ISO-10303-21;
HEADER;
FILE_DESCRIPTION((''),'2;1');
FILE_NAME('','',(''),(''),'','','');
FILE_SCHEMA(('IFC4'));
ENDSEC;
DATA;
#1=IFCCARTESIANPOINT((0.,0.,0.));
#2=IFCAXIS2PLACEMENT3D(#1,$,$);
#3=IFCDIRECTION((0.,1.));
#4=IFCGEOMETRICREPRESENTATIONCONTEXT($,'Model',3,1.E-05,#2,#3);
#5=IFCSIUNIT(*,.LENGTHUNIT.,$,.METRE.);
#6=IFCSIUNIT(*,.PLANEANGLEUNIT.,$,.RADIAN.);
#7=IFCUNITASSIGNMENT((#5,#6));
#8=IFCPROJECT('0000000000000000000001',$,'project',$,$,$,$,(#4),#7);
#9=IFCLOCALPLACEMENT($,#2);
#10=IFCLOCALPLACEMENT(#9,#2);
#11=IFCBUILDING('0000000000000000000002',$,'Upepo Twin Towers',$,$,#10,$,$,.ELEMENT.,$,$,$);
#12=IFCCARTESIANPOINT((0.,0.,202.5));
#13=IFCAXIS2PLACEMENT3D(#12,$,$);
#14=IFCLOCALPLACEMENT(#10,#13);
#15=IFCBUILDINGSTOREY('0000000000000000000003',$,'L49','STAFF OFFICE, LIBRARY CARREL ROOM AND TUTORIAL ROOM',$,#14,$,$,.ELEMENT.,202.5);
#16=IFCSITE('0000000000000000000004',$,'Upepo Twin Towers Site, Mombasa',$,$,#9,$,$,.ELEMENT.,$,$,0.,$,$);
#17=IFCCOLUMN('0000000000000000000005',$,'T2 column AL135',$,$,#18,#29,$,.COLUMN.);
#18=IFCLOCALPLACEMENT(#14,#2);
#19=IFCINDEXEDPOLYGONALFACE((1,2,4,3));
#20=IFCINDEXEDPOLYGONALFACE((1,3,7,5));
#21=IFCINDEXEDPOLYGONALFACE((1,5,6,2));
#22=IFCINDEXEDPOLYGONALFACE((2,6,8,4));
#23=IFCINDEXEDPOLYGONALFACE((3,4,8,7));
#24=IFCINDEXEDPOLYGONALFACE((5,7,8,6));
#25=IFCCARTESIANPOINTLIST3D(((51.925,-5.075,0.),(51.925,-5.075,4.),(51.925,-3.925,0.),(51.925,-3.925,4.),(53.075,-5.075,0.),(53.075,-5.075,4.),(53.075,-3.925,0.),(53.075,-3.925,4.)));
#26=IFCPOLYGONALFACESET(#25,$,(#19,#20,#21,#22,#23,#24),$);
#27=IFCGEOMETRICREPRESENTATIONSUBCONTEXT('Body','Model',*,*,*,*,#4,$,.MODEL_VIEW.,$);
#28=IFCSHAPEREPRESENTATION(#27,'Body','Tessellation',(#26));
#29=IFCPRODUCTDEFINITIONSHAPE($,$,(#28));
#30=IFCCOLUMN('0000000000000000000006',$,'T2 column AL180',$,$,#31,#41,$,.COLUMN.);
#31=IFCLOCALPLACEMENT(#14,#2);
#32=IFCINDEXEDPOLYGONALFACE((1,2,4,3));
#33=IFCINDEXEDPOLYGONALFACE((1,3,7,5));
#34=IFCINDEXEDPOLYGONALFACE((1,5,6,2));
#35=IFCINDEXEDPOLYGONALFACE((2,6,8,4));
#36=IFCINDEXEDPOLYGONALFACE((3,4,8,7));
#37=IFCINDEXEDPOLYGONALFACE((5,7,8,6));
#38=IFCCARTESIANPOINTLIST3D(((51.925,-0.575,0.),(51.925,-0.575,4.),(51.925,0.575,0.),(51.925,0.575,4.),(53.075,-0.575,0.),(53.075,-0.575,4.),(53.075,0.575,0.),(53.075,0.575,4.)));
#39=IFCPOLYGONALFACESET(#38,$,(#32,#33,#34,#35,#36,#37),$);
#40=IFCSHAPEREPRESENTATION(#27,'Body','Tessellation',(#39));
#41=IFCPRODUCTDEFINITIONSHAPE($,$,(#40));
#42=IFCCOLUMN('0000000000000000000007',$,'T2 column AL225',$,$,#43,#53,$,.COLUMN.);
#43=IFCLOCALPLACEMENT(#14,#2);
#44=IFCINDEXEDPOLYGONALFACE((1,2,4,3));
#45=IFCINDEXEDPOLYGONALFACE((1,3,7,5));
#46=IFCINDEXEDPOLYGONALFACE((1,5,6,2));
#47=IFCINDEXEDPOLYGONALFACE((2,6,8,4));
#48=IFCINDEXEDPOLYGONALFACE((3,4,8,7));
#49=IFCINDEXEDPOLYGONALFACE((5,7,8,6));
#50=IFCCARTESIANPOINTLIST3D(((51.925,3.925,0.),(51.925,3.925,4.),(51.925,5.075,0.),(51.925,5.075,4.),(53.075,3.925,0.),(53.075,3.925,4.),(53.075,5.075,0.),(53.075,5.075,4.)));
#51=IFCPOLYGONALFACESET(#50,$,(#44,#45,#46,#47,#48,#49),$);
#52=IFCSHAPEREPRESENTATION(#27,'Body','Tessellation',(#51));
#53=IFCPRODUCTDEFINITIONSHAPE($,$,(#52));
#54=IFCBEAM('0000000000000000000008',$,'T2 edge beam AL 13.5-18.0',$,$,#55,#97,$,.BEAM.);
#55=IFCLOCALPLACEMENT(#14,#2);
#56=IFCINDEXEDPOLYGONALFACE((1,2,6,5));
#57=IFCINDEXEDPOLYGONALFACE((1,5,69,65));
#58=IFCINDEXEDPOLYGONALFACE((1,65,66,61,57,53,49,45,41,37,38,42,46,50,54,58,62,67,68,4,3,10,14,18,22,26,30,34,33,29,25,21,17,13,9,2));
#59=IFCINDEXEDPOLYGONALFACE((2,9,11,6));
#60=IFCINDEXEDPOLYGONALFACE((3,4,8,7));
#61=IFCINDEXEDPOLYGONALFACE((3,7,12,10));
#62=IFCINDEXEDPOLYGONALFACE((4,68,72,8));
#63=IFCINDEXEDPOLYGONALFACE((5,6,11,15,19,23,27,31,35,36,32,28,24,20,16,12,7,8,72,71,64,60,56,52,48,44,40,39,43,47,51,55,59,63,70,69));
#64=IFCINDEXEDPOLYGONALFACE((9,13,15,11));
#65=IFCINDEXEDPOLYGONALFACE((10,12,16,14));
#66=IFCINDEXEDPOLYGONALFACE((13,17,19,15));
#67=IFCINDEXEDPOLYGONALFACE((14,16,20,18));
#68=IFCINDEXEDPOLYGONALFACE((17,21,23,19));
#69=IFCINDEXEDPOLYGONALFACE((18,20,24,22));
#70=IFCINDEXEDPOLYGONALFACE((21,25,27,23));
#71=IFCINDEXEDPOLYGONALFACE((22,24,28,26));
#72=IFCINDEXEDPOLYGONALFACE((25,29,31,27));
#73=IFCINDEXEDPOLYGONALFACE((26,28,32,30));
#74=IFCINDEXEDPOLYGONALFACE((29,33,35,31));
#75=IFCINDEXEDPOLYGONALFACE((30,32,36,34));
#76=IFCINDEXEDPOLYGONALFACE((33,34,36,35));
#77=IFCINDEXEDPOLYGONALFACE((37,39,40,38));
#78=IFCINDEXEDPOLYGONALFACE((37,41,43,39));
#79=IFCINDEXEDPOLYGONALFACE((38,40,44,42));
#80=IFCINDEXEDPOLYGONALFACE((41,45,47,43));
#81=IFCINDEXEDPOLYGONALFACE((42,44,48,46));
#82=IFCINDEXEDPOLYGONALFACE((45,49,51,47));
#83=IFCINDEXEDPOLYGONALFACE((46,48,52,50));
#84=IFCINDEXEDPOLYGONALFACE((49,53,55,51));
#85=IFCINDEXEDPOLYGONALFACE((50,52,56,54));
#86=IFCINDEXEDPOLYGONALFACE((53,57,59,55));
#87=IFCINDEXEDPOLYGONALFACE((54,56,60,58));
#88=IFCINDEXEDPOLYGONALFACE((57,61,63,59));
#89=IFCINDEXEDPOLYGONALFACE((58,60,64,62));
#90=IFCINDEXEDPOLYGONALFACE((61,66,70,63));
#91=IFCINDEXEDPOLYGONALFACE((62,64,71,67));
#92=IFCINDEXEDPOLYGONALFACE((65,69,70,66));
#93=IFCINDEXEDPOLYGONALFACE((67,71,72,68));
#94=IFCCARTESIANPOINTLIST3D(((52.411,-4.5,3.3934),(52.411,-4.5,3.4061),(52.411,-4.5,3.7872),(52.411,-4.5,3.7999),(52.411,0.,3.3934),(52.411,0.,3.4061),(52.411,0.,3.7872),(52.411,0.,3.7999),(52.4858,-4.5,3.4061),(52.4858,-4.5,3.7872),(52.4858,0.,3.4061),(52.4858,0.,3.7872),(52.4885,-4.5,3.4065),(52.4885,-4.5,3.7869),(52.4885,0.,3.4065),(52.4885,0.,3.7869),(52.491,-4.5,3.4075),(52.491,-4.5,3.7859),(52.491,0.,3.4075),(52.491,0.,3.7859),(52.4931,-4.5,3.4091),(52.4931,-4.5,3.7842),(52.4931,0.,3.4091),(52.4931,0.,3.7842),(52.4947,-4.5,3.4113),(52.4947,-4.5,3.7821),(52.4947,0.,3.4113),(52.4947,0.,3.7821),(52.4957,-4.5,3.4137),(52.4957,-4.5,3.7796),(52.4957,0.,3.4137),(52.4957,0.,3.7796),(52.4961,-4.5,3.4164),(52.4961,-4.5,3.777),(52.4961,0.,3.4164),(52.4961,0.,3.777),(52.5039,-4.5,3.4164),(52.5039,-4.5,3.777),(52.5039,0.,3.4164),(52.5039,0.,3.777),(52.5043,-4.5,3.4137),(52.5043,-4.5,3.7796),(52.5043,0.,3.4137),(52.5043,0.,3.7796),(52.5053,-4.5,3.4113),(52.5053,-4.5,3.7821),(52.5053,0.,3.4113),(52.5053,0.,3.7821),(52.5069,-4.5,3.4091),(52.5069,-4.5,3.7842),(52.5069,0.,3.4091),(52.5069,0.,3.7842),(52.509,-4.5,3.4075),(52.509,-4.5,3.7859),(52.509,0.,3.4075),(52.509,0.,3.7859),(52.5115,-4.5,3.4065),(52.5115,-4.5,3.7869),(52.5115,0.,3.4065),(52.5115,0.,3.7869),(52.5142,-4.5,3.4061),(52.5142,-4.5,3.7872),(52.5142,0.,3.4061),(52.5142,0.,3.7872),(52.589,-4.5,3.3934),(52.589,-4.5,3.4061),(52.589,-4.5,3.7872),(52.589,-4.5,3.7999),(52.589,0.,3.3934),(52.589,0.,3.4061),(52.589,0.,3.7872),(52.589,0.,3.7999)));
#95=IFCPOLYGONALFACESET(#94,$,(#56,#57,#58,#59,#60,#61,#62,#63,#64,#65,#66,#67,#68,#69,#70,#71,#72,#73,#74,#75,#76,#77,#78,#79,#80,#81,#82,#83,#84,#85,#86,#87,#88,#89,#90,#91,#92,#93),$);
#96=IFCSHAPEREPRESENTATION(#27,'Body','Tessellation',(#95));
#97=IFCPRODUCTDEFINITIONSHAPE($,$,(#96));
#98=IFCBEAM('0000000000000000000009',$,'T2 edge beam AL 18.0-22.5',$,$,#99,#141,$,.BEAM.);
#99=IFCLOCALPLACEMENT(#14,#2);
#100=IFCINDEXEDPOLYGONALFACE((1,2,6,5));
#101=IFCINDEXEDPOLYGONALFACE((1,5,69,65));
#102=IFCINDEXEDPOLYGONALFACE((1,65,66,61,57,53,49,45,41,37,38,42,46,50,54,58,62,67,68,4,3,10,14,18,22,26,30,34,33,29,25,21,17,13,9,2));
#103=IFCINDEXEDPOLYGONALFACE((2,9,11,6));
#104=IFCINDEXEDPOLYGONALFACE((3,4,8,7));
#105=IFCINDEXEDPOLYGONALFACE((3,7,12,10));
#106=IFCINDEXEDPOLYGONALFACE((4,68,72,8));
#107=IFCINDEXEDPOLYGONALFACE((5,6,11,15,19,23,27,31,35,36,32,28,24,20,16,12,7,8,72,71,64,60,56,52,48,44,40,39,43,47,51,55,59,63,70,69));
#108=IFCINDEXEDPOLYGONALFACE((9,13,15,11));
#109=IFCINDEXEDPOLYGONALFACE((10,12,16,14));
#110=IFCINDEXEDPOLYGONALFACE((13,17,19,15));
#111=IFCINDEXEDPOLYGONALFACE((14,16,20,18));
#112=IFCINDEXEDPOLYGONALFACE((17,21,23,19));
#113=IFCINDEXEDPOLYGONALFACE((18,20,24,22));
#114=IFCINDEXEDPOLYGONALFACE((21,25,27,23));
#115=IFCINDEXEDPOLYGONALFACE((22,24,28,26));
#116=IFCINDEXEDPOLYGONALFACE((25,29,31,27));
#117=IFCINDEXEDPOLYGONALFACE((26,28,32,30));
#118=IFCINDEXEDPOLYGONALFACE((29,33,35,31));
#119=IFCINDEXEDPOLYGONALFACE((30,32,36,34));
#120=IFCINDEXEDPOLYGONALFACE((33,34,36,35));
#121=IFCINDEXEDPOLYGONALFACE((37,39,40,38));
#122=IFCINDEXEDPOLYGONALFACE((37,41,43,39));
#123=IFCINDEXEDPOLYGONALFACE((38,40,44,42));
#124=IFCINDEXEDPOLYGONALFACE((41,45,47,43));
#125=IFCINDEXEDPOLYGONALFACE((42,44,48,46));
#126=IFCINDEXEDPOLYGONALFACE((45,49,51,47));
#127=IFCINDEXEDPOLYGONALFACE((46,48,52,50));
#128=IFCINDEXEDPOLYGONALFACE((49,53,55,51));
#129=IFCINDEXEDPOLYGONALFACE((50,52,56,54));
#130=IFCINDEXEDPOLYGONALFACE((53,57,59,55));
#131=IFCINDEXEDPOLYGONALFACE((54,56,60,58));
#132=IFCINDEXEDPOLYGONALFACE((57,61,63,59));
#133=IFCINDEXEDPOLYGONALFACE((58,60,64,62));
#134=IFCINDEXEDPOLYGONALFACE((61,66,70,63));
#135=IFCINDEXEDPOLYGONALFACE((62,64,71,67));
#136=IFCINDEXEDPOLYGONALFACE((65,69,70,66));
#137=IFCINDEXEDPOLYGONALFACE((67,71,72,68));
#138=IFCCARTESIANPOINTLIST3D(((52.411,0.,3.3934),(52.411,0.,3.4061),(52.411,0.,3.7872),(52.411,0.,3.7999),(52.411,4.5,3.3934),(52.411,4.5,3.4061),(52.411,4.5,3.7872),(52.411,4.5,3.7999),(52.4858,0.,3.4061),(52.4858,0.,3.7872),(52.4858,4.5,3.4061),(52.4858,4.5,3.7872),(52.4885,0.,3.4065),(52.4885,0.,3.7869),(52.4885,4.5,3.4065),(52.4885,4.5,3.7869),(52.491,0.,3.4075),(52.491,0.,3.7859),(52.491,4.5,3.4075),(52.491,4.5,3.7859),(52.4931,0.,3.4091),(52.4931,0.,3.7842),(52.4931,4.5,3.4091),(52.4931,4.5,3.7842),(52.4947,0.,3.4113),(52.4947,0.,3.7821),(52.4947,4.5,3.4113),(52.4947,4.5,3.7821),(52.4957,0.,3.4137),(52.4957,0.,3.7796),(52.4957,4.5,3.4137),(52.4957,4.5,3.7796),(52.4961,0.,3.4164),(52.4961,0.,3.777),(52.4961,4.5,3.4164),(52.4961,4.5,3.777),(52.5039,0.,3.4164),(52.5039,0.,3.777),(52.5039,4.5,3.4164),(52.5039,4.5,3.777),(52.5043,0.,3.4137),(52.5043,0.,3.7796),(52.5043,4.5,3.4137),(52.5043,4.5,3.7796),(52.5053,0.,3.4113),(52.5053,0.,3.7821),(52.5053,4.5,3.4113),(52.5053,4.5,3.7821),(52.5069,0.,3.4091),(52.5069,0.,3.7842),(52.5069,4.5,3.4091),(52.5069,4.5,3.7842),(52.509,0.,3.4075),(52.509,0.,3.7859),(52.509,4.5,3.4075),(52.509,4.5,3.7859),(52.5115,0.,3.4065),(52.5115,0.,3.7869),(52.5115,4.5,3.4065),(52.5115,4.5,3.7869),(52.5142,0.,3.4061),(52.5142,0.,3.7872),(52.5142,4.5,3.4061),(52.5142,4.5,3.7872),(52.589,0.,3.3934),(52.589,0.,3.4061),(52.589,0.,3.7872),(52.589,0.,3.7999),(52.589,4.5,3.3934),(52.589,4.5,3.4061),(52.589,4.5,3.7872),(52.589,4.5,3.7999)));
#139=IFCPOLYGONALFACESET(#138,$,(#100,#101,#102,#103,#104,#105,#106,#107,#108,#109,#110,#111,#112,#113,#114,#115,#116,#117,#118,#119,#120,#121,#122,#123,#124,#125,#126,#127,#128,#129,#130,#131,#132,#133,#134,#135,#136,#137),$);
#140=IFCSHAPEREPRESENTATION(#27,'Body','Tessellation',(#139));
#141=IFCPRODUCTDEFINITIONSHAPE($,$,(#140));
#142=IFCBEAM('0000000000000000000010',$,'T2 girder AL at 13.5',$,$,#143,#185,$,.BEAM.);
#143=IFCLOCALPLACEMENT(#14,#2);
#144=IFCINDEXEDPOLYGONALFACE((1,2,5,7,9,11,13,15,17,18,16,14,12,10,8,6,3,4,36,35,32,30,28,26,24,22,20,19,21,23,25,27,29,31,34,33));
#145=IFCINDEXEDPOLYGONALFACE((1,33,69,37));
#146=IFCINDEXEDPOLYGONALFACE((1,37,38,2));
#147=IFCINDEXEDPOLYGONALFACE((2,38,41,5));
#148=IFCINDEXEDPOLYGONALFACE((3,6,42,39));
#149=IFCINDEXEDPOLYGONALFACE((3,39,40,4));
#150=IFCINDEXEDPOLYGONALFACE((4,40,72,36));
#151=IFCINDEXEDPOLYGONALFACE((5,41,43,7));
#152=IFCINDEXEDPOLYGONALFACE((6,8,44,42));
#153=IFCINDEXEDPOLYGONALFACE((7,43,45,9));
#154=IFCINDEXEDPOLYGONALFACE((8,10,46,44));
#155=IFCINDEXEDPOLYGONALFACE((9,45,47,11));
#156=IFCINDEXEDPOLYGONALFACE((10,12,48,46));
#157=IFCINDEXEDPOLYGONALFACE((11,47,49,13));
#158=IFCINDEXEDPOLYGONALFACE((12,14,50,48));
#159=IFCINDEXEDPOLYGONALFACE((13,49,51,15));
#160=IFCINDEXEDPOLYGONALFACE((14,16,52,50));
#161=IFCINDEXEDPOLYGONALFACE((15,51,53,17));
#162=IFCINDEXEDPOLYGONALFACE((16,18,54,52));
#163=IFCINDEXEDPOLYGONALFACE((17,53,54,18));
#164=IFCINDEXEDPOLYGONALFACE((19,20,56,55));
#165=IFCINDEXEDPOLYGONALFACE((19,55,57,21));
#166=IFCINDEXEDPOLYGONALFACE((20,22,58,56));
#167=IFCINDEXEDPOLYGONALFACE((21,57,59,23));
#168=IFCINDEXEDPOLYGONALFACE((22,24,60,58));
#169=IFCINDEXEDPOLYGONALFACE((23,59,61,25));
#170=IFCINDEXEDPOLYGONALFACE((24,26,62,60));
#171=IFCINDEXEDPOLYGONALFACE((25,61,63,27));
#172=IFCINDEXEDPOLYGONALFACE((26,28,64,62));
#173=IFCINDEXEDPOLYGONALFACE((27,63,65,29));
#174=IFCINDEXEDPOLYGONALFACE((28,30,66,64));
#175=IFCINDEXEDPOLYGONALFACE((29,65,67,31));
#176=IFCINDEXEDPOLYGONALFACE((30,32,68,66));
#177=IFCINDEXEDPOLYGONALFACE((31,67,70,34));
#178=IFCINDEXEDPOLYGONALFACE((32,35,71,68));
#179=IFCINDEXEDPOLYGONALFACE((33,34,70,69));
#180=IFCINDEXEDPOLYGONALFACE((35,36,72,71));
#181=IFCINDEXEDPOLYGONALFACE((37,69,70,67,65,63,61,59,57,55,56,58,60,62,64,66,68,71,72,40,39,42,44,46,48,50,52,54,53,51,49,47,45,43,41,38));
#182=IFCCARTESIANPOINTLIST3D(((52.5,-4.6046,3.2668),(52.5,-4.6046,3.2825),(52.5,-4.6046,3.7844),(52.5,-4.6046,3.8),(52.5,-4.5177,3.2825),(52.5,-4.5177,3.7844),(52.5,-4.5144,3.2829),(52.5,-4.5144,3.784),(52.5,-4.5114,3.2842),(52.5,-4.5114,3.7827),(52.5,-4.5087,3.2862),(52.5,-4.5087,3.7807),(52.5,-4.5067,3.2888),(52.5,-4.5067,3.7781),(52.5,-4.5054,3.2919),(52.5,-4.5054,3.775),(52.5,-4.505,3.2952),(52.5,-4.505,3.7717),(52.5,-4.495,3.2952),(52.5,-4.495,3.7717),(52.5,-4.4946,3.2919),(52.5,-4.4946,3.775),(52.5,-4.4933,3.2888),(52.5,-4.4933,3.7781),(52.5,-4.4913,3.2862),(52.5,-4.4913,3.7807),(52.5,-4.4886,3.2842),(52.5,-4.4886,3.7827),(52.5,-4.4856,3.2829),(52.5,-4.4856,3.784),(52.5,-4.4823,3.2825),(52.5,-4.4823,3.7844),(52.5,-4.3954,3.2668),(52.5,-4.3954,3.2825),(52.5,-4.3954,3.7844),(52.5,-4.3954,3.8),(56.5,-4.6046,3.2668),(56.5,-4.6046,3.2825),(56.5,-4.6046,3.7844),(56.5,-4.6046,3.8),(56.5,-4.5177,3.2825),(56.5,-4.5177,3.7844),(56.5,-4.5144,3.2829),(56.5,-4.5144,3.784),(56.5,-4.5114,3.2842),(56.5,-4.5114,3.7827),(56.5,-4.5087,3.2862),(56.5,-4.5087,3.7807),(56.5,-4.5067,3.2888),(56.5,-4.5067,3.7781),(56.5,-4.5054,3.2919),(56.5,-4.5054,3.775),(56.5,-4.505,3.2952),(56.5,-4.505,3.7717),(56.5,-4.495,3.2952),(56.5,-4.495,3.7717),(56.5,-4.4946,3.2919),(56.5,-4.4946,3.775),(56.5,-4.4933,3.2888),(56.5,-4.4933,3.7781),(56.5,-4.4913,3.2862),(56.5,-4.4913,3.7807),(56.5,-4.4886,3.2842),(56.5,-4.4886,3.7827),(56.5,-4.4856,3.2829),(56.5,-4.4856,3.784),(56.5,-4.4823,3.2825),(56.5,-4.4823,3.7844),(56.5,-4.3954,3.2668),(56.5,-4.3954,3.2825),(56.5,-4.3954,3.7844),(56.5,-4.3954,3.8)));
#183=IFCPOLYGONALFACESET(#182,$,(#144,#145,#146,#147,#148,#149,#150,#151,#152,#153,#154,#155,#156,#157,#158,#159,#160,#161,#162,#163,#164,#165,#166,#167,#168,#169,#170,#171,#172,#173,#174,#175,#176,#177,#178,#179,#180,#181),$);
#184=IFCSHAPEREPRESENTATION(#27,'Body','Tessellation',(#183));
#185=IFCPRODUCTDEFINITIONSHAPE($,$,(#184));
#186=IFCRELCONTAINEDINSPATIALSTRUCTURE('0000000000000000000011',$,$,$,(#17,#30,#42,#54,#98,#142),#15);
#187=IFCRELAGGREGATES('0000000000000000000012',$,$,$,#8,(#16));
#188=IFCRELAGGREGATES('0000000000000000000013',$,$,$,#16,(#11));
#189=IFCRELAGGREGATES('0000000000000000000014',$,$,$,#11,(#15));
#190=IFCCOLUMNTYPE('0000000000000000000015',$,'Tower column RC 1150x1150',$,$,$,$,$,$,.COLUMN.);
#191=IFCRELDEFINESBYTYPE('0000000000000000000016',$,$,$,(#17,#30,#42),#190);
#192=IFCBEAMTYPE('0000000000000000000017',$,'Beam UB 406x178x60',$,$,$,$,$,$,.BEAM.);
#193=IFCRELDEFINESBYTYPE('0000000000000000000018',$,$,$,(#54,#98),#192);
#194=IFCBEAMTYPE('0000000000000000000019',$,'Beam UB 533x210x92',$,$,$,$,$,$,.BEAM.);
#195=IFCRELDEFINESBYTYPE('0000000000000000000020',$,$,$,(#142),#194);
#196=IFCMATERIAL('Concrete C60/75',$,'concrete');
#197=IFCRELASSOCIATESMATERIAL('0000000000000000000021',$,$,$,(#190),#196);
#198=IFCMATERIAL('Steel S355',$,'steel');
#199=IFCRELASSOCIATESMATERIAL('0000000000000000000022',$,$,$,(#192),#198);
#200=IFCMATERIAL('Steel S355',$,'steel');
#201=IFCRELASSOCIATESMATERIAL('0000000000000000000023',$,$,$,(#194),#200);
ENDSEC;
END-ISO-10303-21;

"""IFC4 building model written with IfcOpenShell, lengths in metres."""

from ifc_helpers import new_model, si_unit, direction, frame, origin, origin_2d, place, context, subcontext, project, spatial, rectangle, i_section, extrude, material, material_profile, profile_set, type_object, element, save


model = new_model("IFC4")

# Units and contexts
model_context = context("Model", 3, precision=1e-05, world=origin(), true_north=direction((0.0, 1.0)))
body_context = subcontext(model_context, "Body", "Model", "MODEL_VIEW")
ifc_project = project(units=[si_unit("LENGTHUNIT", "METRE"), si_unit("PLANEANGLEUNIT", "RADIAN")], contexts=[model_context])

# Site, building, storey
site_placement = place(None, origin())
site = spatial("IfcSite", under=ifc_project, at=site_placement, Name="Upepo Twin Towers Site, Mombasa", CompositionType="ELEMENT", RefElevation=0.0)
building_placement = place(site_placement, origin())
building = spatial("IfcBuilding", under=site, at=building_placement, Name="Upepo Twin Towers", CompositionType="ELEMENT")
storey_placement = place(building_placement, frame((0.0, 0.0, 202.5)))
storey = spatial("IfcBuildingStorey", under=building, at=storey_placement, Name="L49", Description="STAFF OFFICE, LIBRARY CARREL ROOM AND TUTORIAL ROOM", CompositionType="ELEMENT", Elevation=202.5)

# Columns
ifc_material_1 = material(Name="Concrete C60/75", Category="concrete")
ifc_material_profile_1 = material_profile(ifc_material_1, rectangle(XDim=1.1499, YDim=1.1499, at=origin_2d()), Name="RC 1150x1150")
ifc_profile_set_1 = profile_set([ifc_material_profile_1], Name="Concrete C60/75")
column_type = type_object("IfcColumnType", Name="Tower column RC 1150x1150", PredefinedType="COLUMN", material=ifc_profile_set_1)
for number, where, z_axis, x_axis, name in (
    (1, (52.5, -4.5, 0.0), (0.0, 0.0, 1.0), (1.0, 0.0, 0.0), "T2 column AL135"),
    (2, (52.5, 0.0, 0.0), (0.0, 0.0, 1.0), (1.0, 0.0, 0.0), "T2 column AL180"),
    (3, (52.5, 4.5, 0.0), (0.0, 0.0, 1.0), (1.0, 0.0, 0.0), "T2 column AL225"),
):
    element("IfcColumn", number, at=place(storey_placement, frame(where, z_axis=z_axis, x_axis=x_axis)), inside=storey, type_object=column_type, Name=name, PredefinedType="COLUMN", context=body_context, shape_type="SweptSolid", body=[
        extrude(rectangle(XDim=1.1499, YDim=1.1499, at=origin_2d()), origin(), (0.0, 0.0, 1.0), 4.0),
    ])

# Beams
ifc_material_2 = material(Name="Steel S355", Category="steel")
ifc_material_profile_2 = material_profile(ifc_material_2, i_section(OverallWidth=0.178, OverallDepth=0.4065, WebThickness=0.0078, FlangeThickness=0.0127, FilletRadius=0.0103, at=origin_2d()), Name="UB 406x178x60")
ifc_profile_set_2 = profile_set([ifc_material_profile_2], Name="Steel S355")
beam_type_1 = type_object("IfcBeamType", Name="Beam UB 406x178x60", PredefinedType="BEAM", material=ifc_profile_set_2)
for number, where, z_axis, x_axis, name in (
    (4, (52.5, -4.5, 3.5967), (0.0, 1.0, 0.0), (-1.0, 0.0, 0.0), "T2 edge beam AL 13.5-18.0"),
    (5, (52.5, 0.0, 3.5967), (0.0, 1.0, 0.0), (-1.0, 0.0, 0.0), "T2 edge beam AL 18.0-22.5"),
):
    element("IfcBeam", number, at=place(storey_placement, frame(where, z_axis=z_axis, x_axis=x_axis)), inside=storey, type_object=beam_type_1, Name=name, PredefinedType="BEAM", context=body_context, shape_type="SweptSolid", body=[
        extrude(i_section(OverallWidth=0.178, OverallDepth=0.4065, WebThickness=0.0078, FlangeThickness=0.0127, FilletRadius=0.0103, at=origin_2d()), origin(), (0.0, 0.0, 1.0), 4.5),
    ])
ifc_material_3 = material(Name="Steel S355", Category="steel")
ifc_material_profile_3 = material_profile(ifc_material_3, i_section(OverallWidth=0.2092, OverallDepth=0.5332, WebThickness=0.01, FlangeThickness=0.0156, FilletRadius=0.0127, at=origin_2d()), Name="UB 533x210x92")
ifc_profile_set_3 = profile_set([ifc_material_profile_3], Name="Steel S355")
beam_type_2 = type_object("IfcBeamType", Name="Beam UB 533x210x92", PredefinedType="BEAM", material=ifc_profile_set_3)
for number, where, z_axis, x_axis, name in (
    (6, (52.5, -4.5, 3.5334), (1.0, 0.0, 0.0), (0.0, 1.0, 0.0), "T2 girder AL at 13.5"),
):
    element("IfcBeam", number, at=place(storey_placement, frame(where, z_axis=z_axis, x_axis=x_axis)), inside=storey, type_object=beam_type_2, Name=name, PredefinedType="BEAM", context=body_context, shape_type="SweptSolid", body=[
        extrude(i_section(OverallWidth=0.2092, OverallDepth=0.5332, WebThickness=0.01, FlangeThickness=0.0156, FilletRadius=0.0127, at=origin_2d()), origin(), (0.0, 0.0, 1.0), 4.0),
    ])

save(model, "model.ifc")
